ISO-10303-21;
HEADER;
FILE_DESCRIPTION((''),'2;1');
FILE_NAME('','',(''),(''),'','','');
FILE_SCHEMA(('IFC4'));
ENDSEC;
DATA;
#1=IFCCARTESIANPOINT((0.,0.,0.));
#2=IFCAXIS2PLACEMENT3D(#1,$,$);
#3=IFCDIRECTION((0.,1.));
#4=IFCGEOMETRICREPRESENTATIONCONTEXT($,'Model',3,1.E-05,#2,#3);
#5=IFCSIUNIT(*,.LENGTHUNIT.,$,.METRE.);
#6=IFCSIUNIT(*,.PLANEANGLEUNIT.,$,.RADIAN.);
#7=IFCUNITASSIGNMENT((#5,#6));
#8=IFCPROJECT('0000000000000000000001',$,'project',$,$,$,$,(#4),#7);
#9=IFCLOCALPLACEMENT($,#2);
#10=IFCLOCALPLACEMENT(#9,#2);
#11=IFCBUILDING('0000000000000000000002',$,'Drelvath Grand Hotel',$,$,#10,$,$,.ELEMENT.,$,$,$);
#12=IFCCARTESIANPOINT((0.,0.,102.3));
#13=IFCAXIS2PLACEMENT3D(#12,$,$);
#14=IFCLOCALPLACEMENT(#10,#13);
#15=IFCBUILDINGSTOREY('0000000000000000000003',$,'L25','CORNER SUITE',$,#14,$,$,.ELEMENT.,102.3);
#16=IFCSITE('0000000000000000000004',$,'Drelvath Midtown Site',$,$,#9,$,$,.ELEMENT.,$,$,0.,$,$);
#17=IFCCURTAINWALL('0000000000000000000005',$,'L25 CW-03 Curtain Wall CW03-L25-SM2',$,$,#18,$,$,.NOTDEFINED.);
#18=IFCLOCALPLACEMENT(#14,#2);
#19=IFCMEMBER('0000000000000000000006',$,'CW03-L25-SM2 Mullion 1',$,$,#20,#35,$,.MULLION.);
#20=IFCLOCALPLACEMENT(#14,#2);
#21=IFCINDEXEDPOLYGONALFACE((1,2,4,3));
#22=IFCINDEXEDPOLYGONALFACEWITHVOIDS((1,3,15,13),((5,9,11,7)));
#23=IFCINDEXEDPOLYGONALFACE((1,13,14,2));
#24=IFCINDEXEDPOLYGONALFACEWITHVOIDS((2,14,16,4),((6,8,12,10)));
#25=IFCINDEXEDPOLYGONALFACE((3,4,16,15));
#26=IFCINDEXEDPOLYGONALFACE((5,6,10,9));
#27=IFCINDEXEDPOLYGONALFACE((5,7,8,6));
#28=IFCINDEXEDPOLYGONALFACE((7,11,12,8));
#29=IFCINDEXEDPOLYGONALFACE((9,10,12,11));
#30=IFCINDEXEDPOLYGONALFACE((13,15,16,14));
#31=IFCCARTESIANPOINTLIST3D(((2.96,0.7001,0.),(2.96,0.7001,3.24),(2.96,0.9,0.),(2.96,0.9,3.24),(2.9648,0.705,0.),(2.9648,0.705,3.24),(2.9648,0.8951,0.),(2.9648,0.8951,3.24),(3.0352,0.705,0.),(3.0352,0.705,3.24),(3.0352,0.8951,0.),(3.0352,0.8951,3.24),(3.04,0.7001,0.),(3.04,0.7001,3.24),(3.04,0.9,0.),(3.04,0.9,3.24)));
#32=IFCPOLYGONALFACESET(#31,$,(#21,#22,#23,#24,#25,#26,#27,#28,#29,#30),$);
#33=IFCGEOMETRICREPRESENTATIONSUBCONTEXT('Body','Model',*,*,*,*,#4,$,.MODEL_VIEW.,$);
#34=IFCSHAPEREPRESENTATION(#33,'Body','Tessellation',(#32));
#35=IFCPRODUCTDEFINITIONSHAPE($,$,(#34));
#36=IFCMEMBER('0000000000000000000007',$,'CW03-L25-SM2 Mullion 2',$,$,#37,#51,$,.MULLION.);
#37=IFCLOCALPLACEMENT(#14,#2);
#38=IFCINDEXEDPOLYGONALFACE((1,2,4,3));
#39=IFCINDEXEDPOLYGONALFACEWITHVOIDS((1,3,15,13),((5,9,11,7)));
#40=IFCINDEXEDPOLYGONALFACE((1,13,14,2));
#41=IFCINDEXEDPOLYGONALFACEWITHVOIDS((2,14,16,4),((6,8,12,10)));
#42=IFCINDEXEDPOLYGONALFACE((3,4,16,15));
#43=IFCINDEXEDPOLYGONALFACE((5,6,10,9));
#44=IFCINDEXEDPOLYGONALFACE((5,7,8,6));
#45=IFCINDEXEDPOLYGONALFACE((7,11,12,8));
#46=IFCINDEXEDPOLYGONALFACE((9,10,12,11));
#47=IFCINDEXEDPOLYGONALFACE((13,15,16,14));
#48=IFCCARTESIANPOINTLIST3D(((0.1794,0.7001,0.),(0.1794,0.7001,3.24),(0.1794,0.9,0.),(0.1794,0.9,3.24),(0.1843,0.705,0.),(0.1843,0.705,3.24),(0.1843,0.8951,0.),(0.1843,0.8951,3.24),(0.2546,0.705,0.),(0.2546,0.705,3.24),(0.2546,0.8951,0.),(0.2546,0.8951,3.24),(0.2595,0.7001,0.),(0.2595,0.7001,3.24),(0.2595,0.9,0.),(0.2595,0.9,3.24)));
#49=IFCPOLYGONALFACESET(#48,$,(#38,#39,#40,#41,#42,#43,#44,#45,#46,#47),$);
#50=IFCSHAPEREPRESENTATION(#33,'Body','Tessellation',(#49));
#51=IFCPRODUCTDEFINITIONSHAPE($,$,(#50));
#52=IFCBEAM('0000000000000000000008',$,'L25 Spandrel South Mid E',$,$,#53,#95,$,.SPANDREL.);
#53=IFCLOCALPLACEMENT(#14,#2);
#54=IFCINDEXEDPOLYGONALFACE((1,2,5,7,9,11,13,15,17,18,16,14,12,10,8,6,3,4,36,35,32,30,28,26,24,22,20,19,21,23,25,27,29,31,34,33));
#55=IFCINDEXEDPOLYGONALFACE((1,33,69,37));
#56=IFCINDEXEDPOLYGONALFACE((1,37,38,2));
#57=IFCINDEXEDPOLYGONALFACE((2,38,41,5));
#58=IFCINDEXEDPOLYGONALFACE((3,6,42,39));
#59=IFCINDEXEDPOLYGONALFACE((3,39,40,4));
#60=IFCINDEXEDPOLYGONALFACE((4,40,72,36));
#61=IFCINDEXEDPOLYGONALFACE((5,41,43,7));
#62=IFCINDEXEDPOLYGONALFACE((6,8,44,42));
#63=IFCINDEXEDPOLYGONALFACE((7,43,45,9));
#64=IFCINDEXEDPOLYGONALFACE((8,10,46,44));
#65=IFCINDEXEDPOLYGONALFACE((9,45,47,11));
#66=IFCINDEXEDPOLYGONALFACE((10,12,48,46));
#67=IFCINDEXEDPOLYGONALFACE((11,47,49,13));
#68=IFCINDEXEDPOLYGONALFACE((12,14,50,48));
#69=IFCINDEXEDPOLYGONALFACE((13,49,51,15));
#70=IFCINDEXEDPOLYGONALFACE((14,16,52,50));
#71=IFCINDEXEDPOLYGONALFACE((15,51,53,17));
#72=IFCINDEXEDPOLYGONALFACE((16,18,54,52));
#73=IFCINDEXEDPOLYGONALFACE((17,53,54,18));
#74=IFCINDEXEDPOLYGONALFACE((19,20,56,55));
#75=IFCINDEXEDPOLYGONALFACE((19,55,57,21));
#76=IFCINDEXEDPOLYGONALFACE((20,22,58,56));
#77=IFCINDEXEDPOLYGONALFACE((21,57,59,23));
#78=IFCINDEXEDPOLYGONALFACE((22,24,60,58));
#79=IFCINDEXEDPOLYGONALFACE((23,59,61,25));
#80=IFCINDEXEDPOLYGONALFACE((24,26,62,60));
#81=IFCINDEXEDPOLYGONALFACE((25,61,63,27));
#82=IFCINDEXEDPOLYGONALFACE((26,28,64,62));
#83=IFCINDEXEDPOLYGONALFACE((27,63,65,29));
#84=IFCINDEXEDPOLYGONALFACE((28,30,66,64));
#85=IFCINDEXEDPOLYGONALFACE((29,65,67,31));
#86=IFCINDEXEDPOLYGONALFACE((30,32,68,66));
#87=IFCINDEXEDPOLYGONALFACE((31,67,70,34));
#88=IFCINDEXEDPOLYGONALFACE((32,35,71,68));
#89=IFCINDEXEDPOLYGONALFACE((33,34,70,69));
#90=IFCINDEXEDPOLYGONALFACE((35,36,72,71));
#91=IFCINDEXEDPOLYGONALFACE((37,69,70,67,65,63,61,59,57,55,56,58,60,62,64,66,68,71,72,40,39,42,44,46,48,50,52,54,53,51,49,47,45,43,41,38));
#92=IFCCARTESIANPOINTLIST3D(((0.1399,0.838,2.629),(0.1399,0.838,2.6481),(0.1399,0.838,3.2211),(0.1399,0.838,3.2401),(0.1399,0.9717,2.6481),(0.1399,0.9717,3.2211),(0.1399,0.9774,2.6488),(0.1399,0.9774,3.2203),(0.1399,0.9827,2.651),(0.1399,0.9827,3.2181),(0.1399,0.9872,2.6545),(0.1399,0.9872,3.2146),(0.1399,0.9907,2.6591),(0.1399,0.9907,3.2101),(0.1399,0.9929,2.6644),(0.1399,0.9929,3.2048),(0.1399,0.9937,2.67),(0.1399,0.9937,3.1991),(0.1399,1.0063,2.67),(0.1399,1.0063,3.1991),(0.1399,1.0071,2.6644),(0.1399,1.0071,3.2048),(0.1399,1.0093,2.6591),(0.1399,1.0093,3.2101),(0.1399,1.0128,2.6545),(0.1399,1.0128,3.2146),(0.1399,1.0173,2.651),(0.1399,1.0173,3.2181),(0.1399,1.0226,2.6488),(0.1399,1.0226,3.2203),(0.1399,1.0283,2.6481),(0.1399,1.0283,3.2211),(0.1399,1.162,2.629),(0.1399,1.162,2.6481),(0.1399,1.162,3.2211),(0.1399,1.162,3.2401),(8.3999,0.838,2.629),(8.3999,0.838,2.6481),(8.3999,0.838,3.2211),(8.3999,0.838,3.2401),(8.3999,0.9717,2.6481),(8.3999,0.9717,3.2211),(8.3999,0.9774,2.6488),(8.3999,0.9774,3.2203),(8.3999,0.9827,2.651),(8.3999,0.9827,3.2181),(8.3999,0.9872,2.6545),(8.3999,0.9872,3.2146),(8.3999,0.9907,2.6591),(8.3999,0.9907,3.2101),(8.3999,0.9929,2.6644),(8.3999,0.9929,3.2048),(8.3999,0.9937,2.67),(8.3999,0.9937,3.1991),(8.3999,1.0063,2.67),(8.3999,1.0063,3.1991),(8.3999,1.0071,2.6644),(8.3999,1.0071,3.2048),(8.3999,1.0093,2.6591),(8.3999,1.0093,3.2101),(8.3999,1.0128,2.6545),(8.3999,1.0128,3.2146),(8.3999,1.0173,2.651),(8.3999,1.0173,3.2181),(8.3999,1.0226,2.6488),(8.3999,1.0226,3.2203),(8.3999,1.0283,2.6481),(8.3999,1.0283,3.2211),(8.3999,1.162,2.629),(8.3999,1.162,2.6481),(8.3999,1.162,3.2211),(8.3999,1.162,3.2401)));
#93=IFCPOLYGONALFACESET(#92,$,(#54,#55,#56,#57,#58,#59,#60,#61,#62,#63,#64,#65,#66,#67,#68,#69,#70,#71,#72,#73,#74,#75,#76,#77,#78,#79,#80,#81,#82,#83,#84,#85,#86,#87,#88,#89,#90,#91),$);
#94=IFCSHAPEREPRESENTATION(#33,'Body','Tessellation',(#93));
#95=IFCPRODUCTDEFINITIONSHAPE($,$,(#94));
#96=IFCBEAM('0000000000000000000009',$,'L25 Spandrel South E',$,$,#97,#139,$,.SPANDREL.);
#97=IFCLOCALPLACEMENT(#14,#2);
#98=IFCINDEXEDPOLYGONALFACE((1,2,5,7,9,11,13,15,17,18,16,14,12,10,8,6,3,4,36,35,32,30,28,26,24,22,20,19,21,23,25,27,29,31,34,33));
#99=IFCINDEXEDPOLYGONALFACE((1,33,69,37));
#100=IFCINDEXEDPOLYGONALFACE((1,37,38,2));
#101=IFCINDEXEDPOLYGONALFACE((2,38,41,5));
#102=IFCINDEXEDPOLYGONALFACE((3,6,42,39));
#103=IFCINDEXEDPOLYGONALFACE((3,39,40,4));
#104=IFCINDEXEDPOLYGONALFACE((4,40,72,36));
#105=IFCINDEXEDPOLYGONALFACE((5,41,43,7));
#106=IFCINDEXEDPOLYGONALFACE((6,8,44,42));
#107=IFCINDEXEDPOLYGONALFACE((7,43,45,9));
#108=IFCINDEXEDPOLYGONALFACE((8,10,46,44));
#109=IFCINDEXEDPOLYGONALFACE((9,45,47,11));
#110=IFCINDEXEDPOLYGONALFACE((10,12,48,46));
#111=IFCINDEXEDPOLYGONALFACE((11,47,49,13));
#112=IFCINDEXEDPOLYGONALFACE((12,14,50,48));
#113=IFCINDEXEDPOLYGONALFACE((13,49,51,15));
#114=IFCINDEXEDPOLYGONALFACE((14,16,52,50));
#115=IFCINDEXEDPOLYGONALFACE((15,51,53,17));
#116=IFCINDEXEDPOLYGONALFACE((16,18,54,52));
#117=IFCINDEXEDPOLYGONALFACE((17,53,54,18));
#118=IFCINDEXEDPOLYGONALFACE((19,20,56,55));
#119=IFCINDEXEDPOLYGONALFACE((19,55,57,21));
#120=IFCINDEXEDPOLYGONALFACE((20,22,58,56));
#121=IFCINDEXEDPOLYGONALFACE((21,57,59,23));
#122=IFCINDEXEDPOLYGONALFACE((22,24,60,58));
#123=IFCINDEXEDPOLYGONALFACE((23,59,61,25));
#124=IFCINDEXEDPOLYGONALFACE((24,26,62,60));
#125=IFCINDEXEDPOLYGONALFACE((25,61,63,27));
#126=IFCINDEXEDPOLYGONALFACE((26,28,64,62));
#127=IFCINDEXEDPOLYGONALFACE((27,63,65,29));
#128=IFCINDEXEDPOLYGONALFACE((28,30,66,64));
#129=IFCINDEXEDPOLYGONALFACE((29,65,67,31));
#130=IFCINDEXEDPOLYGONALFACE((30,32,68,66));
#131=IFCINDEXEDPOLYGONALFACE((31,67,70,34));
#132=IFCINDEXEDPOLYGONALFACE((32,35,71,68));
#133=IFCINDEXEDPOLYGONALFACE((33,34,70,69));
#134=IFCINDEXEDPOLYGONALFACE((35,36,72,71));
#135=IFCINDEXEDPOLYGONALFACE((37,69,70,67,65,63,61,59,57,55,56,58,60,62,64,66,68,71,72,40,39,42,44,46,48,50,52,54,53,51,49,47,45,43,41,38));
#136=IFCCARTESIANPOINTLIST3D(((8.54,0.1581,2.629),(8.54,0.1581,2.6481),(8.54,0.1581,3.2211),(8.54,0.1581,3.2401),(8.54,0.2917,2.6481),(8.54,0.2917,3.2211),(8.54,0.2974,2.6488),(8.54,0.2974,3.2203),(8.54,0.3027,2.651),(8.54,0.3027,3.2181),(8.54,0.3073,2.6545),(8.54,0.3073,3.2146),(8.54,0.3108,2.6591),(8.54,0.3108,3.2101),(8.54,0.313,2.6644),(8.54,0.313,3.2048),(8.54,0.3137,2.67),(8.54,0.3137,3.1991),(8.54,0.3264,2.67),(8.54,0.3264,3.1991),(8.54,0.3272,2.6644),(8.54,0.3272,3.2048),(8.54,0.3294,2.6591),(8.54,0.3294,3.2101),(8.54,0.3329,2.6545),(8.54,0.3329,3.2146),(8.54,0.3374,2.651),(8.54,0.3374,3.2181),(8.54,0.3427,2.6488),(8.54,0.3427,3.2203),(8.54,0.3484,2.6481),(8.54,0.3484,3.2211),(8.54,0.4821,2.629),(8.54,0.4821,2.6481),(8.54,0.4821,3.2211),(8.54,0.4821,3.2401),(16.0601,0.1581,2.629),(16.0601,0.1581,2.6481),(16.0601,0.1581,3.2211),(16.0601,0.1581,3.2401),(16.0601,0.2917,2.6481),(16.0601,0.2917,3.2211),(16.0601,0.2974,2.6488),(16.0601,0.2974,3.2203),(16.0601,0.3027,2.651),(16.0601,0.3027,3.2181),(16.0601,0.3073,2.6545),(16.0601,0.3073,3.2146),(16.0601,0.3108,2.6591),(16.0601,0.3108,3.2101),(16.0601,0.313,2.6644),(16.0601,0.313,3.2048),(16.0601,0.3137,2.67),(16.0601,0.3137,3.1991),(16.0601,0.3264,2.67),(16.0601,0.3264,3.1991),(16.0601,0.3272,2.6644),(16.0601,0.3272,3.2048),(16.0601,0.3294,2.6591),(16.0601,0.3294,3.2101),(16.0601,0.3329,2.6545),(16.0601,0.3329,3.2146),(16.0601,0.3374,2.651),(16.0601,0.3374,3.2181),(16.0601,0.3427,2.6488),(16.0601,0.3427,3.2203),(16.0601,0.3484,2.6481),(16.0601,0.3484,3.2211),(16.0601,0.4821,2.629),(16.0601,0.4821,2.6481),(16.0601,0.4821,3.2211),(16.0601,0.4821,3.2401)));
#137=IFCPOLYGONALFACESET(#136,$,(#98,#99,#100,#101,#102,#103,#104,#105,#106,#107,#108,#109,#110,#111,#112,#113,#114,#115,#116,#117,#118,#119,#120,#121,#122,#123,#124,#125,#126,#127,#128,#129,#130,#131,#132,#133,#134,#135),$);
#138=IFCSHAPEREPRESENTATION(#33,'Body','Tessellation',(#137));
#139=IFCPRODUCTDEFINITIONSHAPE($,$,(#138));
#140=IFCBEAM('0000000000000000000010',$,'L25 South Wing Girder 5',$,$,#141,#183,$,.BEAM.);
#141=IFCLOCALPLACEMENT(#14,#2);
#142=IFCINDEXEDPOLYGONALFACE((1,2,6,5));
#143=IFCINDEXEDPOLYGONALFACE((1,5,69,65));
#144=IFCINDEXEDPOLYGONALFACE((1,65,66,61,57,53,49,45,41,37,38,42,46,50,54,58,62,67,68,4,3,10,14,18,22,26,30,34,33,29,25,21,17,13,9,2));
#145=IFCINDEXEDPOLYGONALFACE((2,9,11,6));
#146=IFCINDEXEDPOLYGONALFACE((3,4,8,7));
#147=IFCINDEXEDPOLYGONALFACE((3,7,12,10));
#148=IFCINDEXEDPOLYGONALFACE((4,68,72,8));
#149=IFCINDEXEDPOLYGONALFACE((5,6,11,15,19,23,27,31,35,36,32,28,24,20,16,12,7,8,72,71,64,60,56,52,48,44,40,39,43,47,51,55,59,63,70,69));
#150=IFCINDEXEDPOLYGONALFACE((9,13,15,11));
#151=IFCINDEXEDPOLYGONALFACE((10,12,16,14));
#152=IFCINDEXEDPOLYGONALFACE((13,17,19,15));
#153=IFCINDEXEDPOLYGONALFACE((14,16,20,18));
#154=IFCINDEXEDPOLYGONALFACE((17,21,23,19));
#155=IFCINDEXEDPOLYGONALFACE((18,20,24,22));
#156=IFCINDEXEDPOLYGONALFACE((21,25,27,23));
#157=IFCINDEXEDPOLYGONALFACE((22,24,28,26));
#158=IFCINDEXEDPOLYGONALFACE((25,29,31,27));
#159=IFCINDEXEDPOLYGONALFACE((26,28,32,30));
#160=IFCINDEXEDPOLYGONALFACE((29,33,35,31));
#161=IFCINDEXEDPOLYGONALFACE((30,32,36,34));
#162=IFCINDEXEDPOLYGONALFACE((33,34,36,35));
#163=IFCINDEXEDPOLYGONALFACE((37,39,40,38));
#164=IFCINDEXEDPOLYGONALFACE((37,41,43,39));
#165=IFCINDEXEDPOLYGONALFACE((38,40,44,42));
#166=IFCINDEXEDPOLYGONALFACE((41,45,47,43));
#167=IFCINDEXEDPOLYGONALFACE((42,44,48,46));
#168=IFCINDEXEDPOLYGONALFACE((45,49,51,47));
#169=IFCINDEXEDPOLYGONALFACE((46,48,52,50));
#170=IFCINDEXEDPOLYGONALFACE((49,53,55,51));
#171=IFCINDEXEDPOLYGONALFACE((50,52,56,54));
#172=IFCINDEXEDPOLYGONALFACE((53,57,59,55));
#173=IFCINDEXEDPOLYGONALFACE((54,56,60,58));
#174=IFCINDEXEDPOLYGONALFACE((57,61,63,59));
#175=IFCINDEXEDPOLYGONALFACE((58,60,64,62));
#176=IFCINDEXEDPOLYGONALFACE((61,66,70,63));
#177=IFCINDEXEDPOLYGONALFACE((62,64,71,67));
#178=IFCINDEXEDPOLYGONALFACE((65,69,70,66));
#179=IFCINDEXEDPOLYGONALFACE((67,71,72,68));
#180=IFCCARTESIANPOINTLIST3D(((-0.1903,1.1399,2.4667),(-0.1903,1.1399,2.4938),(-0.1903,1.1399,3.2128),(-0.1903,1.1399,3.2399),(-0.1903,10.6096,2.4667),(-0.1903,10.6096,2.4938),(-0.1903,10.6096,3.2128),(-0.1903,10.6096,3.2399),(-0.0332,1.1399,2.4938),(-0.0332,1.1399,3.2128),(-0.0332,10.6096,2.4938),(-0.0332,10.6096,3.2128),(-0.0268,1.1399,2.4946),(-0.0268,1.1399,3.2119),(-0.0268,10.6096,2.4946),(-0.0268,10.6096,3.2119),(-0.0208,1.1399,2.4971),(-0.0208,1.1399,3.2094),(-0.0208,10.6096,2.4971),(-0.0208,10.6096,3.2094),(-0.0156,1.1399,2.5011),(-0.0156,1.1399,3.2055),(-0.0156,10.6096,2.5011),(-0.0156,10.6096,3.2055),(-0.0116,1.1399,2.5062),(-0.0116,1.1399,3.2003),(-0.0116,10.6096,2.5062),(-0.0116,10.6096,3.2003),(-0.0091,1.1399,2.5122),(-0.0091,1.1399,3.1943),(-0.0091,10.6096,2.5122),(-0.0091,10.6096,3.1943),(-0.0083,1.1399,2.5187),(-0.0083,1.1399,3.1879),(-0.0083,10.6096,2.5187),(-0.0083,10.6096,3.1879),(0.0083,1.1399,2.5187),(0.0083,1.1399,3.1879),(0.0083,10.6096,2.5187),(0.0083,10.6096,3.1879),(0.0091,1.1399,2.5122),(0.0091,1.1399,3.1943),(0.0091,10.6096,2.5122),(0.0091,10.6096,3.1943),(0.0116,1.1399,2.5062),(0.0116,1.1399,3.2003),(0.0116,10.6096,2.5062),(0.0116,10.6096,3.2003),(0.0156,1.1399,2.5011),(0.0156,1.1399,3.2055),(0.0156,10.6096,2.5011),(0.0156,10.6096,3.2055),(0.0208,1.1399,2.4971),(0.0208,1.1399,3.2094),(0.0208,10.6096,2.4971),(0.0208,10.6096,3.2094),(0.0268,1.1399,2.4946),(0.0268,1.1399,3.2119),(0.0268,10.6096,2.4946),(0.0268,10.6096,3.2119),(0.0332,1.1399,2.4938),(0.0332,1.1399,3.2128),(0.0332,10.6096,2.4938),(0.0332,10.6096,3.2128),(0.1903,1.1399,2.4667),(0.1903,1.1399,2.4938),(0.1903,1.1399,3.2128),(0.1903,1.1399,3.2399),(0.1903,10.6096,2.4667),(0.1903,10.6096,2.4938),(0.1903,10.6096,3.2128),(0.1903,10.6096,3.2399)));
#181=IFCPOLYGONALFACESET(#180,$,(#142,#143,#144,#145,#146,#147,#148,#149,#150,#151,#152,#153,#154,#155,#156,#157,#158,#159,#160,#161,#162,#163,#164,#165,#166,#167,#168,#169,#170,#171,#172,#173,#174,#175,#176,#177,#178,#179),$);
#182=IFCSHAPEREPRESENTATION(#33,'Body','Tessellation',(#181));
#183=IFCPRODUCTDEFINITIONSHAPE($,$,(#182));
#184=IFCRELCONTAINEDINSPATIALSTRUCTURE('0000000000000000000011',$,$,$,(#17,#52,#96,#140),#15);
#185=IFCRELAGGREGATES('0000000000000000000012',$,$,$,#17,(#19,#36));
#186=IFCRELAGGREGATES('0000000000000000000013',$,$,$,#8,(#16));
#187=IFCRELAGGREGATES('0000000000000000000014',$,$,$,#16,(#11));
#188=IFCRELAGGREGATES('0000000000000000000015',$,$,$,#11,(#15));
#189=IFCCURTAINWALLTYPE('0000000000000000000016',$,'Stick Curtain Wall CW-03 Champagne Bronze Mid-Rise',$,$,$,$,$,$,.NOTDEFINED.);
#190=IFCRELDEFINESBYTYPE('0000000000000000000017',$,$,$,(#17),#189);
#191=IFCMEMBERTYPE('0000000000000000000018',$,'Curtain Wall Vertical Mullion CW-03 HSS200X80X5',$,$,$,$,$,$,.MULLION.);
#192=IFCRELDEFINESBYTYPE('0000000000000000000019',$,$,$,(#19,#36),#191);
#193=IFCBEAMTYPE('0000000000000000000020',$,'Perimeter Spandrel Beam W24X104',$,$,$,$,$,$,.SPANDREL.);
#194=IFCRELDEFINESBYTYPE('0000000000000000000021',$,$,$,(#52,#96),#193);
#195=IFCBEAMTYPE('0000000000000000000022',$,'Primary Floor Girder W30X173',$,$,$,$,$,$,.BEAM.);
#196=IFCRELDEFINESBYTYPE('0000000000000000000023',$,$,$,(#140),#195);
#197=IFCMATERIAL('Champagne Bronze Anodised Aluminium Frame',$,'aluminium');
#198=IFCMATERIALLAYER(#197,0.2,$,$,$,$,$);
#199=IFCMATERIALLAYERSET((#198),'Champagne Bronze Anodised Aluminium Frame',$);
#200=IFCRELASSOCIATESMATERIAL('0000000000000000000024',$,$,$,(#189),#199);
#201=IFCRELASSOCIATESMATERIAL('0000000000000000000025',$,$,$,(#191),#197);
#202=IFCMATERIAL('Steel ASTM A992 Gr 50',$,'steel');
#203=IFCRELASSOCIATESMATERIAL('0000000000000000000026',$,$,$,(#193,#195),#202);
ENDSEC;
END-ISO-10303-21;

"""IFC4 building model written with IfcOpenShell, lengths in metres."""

from ifc_helpers import new_model, si_unit, direction, frame, origin, origin_2d, place, context, subcontext, project, spatial, hollow_rectangle, i_section, extrude, material, layer, layer_set, material_profile, profile_set, type_object, element, aggregate, save


model = new_model("IFC4")

# Units and contexts
model_context = context("Model", 3, precision=1e-05, world=origin(), true_north=direction((0.0, 1.0)))
body_context = subcontext(model_context, "Body", "Model", "MODEL_VIEW")
ifc_project = project(units=[si_unit("LENGTHUNIT", "METRE"), si_unit("PLANEANGLEUNIT", "RADIAN")], contexts=[model_context])

# Site, building, storey
site_placement = place(None, origin())
site = spatial("IfcSite", under=ifc_project, at=site_placement, Name="Drelvath Midtown Site", CompositionType="ELEMENT", RefElevation=0.0)
building_placement = place(site_placement, origin())
building = spatial("IfcBuilding", under=site, at=building_placement, Name="Drelvath Grand Hotel", CompositionType="ELEMENT")
storey_placement = place(building_placement, frame((0.0, 0.0, 102.3)))
storey = spatial("IfcBuildingStorey", under=building, at=storey_placement, Name="L25", Description="CORNER SUITE", CompositionType="ELEMENT", Elevation=102.3)

# Curtain wall
ifc_material_1 = material(Name="Champagne Bronze Anodised Aluminium Frame", Category="aluminium")
ifc_layer_1 = layer(ifc_material_1, 0.2)
ifc_layer_set_1 = layer_set([ifc_layer_1], Name="Champagne Bronze Anodised Aluminium Frame")
curtain_wall_type = type_object("IfcCurtainWallType", Name="Stick Curtain Wall CW-03 Champagne Bronze Mid-Rise", PredefinedType="NOTDEFINED", material=ifc_layer_set_1)
curtain_wall_1_placement = place(storey_placement, origin())
curtain_wall_1 = element("IfcCurtainWall", 1, at=curtain_wall_1_placement, inside=storey, type_object=curtain_wall_type, Name="L25 CW-03 Curtain Wall CW03-L25-SM2", PredefinedType="NOTDEFINED")

# Shared definitions
ifc_material_profile_1 = material_profile(ifc_material_1, hollow_rectangle(XDim=0.0801, YDim=0.2, WallThickness=0.0049, at=origin_2d()), Name="HSS200X80X5")
ifc_profile_set_1 = profile_set([ifc_material_profile_1], Name="Champagne Bronze Anodised Aluminium Frame")
member_type_1 = type_object("IfcMemberType", Name="Curtain Wall Vertical Mullion CW-03 HSS200X80X5", PredefinedType="MULLION", material=ifc_profile_set_1)

# Members
member_1_placement = place(storey_placement, frame((3.0, 0.8, 0.0), z_axis=(0.0, 0.0, 1.0), x_axis=(1.0, 0.0, 0.0)))
member_1 = element("IfcMember", 2, at=member_1_placement, type_object=member_type_1, Name="CW03-L25-SM2 Mullion 1", PredefinedType="MULLION", context=body_context, shape_type="SweptSolid", body=[
    extrude(hollow_rectangle(XDim=0.0801, YDim=0.2, WallThickness=0.0049, at=origin_2d()), origin(), (0.0, 0.0, 1.0), 3.24),
])
member_2_placement = place(storey_placement, frame((0.2195, 0.8, 0.0), z_axis=(0.0, 0.0, 1.0), x_axis=(1.0, 0.0, 0.0)))
member_2 = element("IfcMember", 3, at=member_2_placement, type_object=member_type_1, Name="CW03-L25-SM2 Mullion 2", PredefinedType="MULLION", context=body_context, shape_type="SweptSolid", body=[
    extrude(hollow_rectangle(XDim=0.0801, YDim=0.2, WallThickness=0.0049, at=origin_2d()), origin(), (0.0, 0.0, 1.0), 3.24),
])

# Beams
ifc_material_2 = material(Name="Steel ASTM A992 Gr 50", Category="steel")
ifc_material_profile_2 = material_profile(ifc_material_2, i_section(OverallWidth=0.324, OverallDepth=0.6111, WebThickness=0.0127, FlangeThickness=0.019, FilletRadius=0.022, at=origin_2d()), Name="W24X104")
ifc_profile_set_2 = profile_set([ifc_material_profile_2], Name="Steel ASTM A992 Gr 50")
beam_type_1 = type_object("IfcBeamType", Name="Perimeter Spandrel Beam W24X104", PredefinedType="SPANDREL", material=ifc_profile_set_2)
beam_1_placement = place(storey_placement, frame((0.1399, 1.0, 2.9346), z_axis=(1.0, 0.0, 0.0), x_axis=(0.0, 1.0, 0.0)))
element("IfcBeam", 4, at=beam_1_placement, inside=storey, type_object=beam_type_1, Name="L25 Spandrel South Mid E", PredefinedType="SPANDREL", context=body_context, shape_type="SweptSolid", body=[
    extrude(i_section(OverallWidth=0.324, OverallDepth=0.6111, WebThickness=0.0127, FlangeThickness=0.019, FilletRadius=0.022, at=origin_2d()), origin(), (0.0, 0.0, 1.0), 8.26),
])
beam_2_placement = place(storey_placement, frame((8.54, 0.3201, 2.9346), z_axis=(1.0, 0.0, 0.0), x_axis=(0.0, 1.0, 0.0)))
element("IfcBeam", 5, at=beam_2_placement, inside=storey, type_object=beam_type_1, Name="L25 Spandrel South E", PredefinedType="SPANDREL", context=body_context, shape_type="SweptSolid", body=[
    extrude(i_section(OverallWidth=0.324, OverallDepth=0.6111, WebThickness=0.0127, FlangeThickness=0.019, FilletRadius=0.022, at=origin_2d()), origin(), (0.0, 0.0, 1.0), 7.52),
])
ifc_material_profile_3 = material_profile(ifc_material_2, i_section(OverallWidth=0.3806, OverallDepth=0.7732, WebThickness=0.0166, FlangeThickness=0.0271, FilletRadius=0.0249, at=origin_2d()), Name="W30X173")
ifc_profile_set_3 = profile_set([ifc_material_profile_3], Name="Steel ASTM A992 Gr 50")
beam_type_2 = type_object("IfcBeamType", Name="Primary Floor Girder W30X173", PredefinedType="BEAM", material=ifc_profile_set_3)
beam_3_placement = place(storey_placement, frame((0.0, 1.1399, 2.8533), z_axis=(0.0, 1.0, 0.0), x_axis=(-1.0, 0.0, 0.0)))
element("IfcBeam", 6, at=beam_3_placement, inside=storey, type_object=beam_type_2, Name="L25 South Wing Girder 5", PredefinedType="BEAM", context=body_context, shape_type="SweptSolid", body=[
    extrude(i_section(OverallWidth=0.3806, OverallDepth=0.7732, WebThickness=0.0166, FlangeThickness=0.0271, FilletRadius=0.0249, at=origin_2d()), origin(), (0.0, 0.0, 1.0), 9.4697),
])

aggregate(curtain_wall_1, [member_1, member_2])

save(model, "model.ifc")
